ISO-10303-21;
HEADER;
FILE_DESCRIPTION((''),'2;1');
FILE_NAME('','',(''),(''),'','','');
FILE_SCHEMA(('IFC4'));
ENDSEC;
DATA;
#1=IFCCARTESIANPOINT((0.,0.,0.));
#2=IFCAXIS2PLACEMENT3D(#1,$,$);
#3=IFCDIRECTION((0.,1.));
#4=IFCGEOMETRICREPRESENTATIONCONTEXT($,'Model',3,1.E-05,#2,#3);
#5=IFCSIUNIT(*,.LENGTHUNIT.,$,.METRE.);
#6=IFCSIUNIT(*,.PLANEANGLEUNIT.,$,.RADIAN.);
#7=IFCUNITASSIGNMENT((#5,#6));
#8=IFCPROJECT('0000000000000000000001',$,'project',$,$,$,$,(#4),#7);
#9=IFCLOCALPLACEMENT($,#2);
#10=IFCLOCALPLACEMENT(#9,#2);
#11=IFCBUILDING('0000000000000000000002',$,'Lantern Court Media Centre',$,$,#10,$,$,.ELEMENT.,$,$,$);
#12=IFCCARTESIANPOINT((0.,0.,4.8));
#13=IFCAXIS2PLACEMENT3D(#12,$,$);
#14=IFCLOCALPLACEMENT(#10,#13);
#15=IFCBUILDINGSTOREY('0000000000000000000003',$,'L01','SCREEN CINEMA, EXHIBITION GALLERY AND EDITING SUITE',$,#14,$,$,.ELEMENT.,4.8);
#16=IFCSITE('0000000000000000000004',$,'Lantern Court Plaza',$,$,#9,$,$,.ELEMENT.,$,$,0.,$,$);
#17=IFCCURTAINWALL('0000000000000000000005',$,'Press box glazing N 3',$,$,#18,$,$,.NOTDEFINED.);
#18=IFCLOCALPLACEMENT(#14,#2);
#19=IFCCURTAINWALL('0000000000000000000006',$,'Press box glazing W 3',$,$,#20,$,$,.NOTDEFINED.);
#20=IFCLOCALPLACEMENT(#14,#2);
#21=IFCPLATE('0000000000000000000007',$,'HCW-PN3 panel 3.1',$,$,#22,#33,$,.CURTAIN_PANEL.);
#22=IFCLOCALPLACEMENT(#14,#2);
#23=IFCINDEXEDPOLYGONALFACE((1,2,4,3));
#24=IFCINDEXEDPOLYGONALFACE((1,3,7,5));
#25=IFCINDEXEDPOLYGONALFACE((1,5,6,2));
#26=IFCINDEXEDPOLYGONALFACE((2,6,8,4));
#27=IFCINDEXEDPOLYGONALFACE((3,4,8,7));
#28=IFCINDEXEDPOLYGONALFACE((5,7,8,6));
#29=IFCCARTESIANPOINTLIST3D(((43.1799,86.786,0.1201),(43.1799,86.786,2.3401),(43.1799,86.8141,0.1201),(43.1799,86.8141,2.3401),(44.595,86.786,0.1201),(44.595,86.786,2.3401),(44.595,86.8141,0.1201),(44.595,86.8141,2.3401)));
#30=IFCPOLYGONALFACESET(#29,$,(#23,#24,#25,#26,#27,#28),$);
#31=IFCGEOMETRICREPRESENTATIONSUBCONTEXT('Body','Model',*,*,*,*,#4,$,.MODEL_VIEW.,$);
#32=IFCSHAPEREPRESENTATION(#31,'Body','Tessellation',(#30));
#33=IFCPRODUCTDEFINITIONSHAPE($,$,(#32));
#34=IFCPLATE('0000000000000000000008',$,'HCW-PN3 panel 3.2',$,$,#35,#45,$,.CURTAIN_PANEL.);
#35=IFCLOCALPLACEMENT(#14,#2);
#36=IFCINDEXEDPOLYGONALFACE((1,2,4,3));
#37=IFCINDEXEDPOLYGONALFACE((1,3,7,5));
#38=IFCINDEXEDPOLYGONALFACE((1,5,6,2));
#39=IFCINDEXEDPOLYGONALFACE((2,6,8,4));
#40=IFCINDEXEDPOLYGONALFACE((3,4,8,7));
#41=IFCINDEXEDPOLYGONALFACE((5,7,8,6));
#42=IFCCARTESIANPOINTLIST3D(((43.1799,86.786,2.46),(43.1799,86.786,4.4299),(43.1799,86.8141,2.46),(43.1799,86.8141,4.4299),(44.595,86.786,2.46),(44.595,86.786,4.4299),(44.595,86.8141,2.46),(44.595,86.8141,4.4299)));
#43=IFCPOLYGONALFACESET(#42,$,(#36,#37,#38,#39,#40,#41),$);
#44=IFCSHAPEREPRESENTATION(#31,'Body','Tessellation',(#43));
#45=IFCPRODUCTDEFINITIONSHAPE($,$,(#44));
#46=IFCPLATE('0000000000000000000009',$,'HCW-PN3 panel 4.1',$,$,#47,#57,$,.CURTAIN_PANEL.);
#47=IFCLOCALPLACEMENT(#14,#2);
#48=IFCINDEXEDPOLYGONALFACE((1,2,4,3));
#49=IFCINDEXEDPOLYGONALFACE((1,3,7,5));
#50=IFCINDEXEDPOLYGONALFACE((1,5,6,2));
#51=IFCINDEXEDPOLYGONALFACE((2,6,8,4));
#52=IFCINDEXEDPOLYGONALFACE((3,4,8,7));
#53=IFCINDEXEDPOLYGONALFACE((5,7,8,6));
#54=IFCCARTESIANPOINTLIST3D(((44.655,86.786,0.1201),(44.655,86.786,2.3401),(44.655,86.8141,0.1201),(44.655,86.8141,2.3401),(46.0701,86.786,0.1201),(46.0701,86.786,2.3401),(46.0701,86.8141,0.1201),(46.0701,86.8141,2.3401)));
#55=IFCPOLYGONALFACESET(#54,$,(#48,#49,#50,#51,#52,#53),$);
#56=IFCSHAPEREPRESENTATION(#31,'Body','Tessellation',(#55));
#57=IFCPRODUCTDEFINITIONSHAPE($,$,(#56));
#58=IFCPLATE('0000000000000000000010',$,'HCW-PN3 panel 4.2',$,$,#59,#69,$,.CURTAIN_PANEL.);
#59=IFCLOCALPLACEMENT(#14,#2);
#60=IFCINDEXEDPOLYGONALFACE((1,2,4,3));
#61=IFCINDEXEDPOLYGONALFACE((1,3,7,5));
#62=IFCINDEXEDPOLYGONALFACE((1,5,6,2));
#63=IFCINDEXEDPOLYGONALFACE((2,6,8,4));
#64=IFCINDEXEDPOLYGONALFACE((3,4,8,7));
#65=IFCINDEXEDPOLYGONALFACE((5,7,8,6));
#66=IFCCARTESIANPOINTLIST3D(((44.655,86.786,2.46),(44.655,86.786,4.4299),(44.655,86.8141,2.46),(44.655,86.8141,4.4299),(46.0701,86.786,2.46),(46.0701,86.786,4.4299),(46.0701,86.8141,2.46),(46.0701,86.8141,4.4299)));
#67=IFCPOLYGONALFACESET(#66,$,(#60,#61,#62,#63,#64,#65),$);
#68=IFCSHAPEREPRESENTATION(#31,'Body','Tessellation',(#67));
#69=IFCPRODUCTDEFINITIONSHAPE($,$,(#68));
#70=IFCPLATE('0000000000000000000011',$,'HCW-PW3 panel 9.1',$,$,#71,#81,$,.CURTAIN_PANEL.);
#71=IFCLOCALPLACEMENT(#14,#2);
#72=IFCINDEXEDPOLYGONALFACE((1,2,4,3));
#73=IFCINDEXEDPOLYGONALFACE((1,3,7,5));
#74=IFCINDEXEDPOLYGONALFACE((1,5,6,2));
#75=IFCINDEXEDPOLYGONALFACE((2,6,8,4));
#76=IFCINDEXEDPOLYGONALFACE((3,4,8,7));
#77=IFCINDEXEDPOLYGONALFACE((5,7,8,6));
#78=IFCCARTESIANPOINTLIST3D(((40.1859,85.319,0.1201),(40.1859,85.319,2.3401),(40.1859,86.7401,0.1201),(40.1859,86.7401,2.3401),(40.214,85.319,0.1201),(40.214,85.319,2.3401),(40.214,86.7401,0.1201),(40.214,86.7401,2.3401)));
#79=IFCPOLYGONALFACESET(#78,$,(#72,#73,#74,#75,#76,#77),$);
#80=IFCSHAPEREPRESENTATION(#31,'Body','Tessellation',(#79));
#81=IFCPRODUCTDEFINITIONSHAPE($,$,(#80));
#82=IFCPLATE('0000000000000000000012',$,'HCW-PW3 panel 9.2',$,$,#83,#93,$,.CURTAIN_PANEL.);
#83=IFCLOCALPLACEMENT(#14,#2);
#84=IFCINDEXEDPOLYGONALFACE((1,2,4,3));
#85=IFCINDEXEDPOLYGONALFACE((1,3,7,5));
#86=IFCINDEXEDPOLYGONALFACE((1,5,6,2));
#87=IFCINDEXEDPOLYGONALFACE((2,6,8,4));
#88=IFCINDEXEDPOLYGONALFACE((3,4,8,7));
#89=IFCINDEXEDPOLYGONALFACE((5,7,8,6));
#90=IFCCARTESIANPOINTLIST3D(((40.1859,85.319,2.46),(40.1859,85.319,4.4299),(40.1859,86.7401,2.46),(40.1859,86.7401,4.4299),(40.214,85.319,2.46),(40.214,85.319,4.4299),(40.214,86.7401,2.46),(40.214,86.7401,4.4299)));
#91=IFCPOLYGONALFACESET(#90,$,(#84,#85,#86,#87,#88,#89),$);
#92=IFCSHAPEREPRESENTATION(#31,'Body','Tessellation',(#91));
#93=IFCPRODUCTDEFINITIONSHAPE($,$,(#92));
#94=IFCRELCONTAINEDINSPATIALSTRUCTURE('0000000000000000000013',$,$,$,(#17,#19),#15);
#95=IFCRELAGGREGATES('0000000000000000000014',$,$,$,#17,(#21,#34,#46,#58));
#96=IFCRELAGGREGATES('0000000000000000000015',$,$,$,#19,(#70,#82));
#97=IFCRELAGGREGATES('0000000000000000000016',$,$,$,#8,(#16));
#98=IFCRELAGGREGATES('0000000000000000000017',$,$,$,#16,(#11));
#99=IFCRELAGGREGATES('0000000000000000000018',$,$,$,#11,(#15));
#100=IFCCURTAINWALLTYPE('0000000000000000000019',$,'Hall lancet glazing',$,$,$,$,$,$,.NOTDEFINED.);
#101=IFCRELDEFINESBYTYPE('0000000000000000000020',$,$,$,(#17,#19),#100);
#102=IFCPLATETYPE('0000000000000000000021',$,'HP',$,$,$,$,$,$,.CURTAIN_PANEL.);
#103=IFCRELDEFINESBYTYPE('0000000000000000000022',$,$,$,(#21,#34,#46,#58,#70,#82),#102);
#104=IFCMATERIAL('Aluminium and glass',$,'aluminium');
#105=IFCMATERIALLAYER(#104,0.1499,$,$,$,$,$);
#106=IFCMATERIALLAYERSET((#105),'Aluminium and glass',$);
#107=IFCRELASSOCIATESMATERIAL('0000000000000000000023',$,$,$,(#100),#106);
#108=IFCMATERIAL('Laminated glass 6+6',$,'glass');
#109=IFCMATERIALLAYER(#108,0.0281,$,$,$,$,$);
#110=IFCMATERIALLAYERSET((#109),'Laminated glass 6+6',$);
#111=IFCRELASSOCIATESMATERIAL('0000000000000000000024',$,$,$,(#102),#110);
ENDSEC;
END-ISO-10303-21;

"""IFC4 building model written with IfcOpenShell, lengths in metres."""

from ifc_helpers import new_model, si_unit, direction, frame, origin, origin_2d, place, context, subcontext, project, spatial, rectangle, extrude, material, layer, layer_set, type_object, element, aggregate, save


model = new_model("IFC4")

# Units and contexts
model_context = context("Model", 3, precision=1e-05, world=origin(), true_north=direction((0.0, 1.0)))
body_context = subcontext(model_context, "Body", "Model", "MODEL_VIEW")
ifc_project = project(units=[si_unit("LENGTHUNIT", "METRE"), si_unit("PLANEANGLEUNIT", "RADIAN")], contexts=[model_context])

# Site, building, storey
site_placement = place(None, origin())
site = spatial("IfcSite", under=ifc_project, at=site_placement, Name="Lantern Court Plaza", CompositionType="ELEMENT", RefElevation=0.0)
building_placement = place(site_placement, origin())
building = spatial("IfcBuilding", under=site, at=building_placement, Name="Lantern Court Media Centre", CompositionType="ELEMENT")
storey_placement = place(building_placement, frame((0.0, 0.0, 4.8)))
storey = spatial("IfcBuildingStorey", under=building, at=storey_placement, Name="L01", Description="SCREEN CINEMA, EXHIBITION GALLERY AND EDITING SUITE", CompositionType="ELEMENT", Elevation=4.8)

# Curtain walls
ifc_material_1 = material(Name="Aluminium and glass", Category="aluminium")
ifc_layer_1 = layer(ifc_material_1, 0.1499)
ifc_layer_set_1 = layer_set([ifc_layer_1], Name="Aluminium and glass")
curtain_wall_type = type_object("IfcCurtainWallType", Name="Hall lancet glazing", PredefinedType="NOTDEFINED", material=ifc_layer_set_1)
curtain_wall_1_placement = place(storey_placement, origin())
curtain_wall_1 = element("IfcCurtainWall", 1, at=curtain_wall_1_placement, inside=storey, type_object=curtain_wall_type, Name="Press box glazing N 3", PredefinedType="NOTDEFINED")
curtain_wall_2_placement = place(storey_placement, origin())
curtain_wall_2 = element("IfcCurtainWall", 2, at=curtain_wall_2_placement, inside=storey, type_object=curtain_wall_type, Name="Press box glazing W 3", PredefinedType="NOTDEFINED")

# Plates
ifc_material_2 = material(Name="Laminated glass 6+6", Category="glass")
ifc_layer_2 = layer(ifc_material_2, 0.0281)
ifc_layer_set_2 = layer_set([ifc_layer_2], Name="Laminated glass 6+6")
plate_type = type_object("IfcPlateType", Name="HP", PredefinedType="CURTAIN_PANEL", material=ifc_layer_set_2)
plate_1_placement = place(storey_placement, frame((43.8875, 86.8, 0.1201), z_axis=(0.0, 0.0, 1.0), x_axis=(1.0, 0.0, 0.0)))
plate_1 = element("IfcPlate", 3, at=plate_1_placement, type_object=plate_type, Name="HCW-PN3 panel 3.1", PredefinedType="CURTAIN_PANEL", context=body_context, shape_type="SweptSolid", body=[
    extrude(rectangle(XDim=1.415, YDim=0.0281, at=origin_2d()), origin(), (0.0, 0.0, 1.0), 2.22),
])
plate_2_placement = place(storey_placement, frame((43.8875, 86.8, 2.46), z_axis=(0.0, 0.0, 1.0), x_axis=(1.0, 0.0, 0.0)))
plate_2 = element("IfcPlate", 4, at=plate_2_placement, type_object=plate_type, Name="HCW-PN3 panel 3.2", PredefinedType="CURTAIN_PANEL", context=body_context, shape_type="SweptSolid", body=[
    extrude(rectangle(XDim=1.415, YDim=0.0281, at=origin_2d()), origin(), (0.0, 0.0, 1.0), 1.97),
])
plate_3_placement = place(storey_placement, frame((45.3625, 86.8, 0.1201), z_axis=(0.0, 0.0, 1.0), x_axis=(1.0, 0.0, 0.0)))
plate_3 = element("IfcPlate", 5, at=plate_3_placement, type_object=plate_type, Name="HCW-PN3 panel 4.1", PredefinedType="CURTAIN_PANEL", context=body_context, shape_type="SweptSolid", body=[
    extrude(rectangle(XDim=1.415, YDim=0.0281, at=origin_2d()), origin(), (0.0, 0.0, 1.0), 2.22),
])
plate_4_placement = place(storey_placement, frame((45.3625, 86.8, 2.46), z_axis=(0.0, 0.0, 1.0), x_axis=(1.0, 0.0, 0.0)))
plate_4 = element("IfcPlate", 6, at=plate_4_placement, type_object=plate_type, Name="HCW-PN3 panel 4.2", PredefinedType="CURTAIN_PANEL", context=body_context, shape_type="SweptSolid", body=[
    extrude(rectangle(XDim=1.415, YDim=0.0281, at=origin_2d()), origin(), (0.0, 0.0, 1.0), 1.97),
])
aggregate(curtain_wall_1, [plate_1, plate_2, plate_3, plate_4])
plate_5_placement = place(storey_placement, frame((40.2, 86.0295, 0.1201), z_axis=(0.0, 0.0, 1.0), x_axis=(0.0, 1.0, 0.0)))
plate_5 = element("IfcPlate", 7, at=plate_5_placement, type_object=plate_type, Name="HCW-PW3 panel 9.1", PredefinedType="CURTAIN_PANEL", context=body_context, shape_type="SweptSolid", body=[
    extrude(rectangle(XDim=1.4211, YDim=0.0281, at=origin_2d()), origin(), (0.0, 0.0, 1.0), 2.22),
])
plate_6_placement = place(storey_placement, frame((40.2, 86.0295, 2.46), z_axis=(0.0, 0.0, 1.0), x_axis=(0.0, 1.0, 0.0)))
plate_6 = element("IfcPlate", 8, at=plate_6_placement, type_object=plate_type, Name="HCW-PW3 panel 9.2", PredefinedType="CURTAIN_PANEL", context=body_context, shape_type="SweptSolid", body=[
    extrude(rectangle(XDim=1.4211, YDim=0.0281, at=origin_2d()), origin(), (0.0, 0.0, 1.0), 1.97),
])
aggregate(curtain_wall_2, [plate_5, plate_6])

save(model, "model.ifc")
